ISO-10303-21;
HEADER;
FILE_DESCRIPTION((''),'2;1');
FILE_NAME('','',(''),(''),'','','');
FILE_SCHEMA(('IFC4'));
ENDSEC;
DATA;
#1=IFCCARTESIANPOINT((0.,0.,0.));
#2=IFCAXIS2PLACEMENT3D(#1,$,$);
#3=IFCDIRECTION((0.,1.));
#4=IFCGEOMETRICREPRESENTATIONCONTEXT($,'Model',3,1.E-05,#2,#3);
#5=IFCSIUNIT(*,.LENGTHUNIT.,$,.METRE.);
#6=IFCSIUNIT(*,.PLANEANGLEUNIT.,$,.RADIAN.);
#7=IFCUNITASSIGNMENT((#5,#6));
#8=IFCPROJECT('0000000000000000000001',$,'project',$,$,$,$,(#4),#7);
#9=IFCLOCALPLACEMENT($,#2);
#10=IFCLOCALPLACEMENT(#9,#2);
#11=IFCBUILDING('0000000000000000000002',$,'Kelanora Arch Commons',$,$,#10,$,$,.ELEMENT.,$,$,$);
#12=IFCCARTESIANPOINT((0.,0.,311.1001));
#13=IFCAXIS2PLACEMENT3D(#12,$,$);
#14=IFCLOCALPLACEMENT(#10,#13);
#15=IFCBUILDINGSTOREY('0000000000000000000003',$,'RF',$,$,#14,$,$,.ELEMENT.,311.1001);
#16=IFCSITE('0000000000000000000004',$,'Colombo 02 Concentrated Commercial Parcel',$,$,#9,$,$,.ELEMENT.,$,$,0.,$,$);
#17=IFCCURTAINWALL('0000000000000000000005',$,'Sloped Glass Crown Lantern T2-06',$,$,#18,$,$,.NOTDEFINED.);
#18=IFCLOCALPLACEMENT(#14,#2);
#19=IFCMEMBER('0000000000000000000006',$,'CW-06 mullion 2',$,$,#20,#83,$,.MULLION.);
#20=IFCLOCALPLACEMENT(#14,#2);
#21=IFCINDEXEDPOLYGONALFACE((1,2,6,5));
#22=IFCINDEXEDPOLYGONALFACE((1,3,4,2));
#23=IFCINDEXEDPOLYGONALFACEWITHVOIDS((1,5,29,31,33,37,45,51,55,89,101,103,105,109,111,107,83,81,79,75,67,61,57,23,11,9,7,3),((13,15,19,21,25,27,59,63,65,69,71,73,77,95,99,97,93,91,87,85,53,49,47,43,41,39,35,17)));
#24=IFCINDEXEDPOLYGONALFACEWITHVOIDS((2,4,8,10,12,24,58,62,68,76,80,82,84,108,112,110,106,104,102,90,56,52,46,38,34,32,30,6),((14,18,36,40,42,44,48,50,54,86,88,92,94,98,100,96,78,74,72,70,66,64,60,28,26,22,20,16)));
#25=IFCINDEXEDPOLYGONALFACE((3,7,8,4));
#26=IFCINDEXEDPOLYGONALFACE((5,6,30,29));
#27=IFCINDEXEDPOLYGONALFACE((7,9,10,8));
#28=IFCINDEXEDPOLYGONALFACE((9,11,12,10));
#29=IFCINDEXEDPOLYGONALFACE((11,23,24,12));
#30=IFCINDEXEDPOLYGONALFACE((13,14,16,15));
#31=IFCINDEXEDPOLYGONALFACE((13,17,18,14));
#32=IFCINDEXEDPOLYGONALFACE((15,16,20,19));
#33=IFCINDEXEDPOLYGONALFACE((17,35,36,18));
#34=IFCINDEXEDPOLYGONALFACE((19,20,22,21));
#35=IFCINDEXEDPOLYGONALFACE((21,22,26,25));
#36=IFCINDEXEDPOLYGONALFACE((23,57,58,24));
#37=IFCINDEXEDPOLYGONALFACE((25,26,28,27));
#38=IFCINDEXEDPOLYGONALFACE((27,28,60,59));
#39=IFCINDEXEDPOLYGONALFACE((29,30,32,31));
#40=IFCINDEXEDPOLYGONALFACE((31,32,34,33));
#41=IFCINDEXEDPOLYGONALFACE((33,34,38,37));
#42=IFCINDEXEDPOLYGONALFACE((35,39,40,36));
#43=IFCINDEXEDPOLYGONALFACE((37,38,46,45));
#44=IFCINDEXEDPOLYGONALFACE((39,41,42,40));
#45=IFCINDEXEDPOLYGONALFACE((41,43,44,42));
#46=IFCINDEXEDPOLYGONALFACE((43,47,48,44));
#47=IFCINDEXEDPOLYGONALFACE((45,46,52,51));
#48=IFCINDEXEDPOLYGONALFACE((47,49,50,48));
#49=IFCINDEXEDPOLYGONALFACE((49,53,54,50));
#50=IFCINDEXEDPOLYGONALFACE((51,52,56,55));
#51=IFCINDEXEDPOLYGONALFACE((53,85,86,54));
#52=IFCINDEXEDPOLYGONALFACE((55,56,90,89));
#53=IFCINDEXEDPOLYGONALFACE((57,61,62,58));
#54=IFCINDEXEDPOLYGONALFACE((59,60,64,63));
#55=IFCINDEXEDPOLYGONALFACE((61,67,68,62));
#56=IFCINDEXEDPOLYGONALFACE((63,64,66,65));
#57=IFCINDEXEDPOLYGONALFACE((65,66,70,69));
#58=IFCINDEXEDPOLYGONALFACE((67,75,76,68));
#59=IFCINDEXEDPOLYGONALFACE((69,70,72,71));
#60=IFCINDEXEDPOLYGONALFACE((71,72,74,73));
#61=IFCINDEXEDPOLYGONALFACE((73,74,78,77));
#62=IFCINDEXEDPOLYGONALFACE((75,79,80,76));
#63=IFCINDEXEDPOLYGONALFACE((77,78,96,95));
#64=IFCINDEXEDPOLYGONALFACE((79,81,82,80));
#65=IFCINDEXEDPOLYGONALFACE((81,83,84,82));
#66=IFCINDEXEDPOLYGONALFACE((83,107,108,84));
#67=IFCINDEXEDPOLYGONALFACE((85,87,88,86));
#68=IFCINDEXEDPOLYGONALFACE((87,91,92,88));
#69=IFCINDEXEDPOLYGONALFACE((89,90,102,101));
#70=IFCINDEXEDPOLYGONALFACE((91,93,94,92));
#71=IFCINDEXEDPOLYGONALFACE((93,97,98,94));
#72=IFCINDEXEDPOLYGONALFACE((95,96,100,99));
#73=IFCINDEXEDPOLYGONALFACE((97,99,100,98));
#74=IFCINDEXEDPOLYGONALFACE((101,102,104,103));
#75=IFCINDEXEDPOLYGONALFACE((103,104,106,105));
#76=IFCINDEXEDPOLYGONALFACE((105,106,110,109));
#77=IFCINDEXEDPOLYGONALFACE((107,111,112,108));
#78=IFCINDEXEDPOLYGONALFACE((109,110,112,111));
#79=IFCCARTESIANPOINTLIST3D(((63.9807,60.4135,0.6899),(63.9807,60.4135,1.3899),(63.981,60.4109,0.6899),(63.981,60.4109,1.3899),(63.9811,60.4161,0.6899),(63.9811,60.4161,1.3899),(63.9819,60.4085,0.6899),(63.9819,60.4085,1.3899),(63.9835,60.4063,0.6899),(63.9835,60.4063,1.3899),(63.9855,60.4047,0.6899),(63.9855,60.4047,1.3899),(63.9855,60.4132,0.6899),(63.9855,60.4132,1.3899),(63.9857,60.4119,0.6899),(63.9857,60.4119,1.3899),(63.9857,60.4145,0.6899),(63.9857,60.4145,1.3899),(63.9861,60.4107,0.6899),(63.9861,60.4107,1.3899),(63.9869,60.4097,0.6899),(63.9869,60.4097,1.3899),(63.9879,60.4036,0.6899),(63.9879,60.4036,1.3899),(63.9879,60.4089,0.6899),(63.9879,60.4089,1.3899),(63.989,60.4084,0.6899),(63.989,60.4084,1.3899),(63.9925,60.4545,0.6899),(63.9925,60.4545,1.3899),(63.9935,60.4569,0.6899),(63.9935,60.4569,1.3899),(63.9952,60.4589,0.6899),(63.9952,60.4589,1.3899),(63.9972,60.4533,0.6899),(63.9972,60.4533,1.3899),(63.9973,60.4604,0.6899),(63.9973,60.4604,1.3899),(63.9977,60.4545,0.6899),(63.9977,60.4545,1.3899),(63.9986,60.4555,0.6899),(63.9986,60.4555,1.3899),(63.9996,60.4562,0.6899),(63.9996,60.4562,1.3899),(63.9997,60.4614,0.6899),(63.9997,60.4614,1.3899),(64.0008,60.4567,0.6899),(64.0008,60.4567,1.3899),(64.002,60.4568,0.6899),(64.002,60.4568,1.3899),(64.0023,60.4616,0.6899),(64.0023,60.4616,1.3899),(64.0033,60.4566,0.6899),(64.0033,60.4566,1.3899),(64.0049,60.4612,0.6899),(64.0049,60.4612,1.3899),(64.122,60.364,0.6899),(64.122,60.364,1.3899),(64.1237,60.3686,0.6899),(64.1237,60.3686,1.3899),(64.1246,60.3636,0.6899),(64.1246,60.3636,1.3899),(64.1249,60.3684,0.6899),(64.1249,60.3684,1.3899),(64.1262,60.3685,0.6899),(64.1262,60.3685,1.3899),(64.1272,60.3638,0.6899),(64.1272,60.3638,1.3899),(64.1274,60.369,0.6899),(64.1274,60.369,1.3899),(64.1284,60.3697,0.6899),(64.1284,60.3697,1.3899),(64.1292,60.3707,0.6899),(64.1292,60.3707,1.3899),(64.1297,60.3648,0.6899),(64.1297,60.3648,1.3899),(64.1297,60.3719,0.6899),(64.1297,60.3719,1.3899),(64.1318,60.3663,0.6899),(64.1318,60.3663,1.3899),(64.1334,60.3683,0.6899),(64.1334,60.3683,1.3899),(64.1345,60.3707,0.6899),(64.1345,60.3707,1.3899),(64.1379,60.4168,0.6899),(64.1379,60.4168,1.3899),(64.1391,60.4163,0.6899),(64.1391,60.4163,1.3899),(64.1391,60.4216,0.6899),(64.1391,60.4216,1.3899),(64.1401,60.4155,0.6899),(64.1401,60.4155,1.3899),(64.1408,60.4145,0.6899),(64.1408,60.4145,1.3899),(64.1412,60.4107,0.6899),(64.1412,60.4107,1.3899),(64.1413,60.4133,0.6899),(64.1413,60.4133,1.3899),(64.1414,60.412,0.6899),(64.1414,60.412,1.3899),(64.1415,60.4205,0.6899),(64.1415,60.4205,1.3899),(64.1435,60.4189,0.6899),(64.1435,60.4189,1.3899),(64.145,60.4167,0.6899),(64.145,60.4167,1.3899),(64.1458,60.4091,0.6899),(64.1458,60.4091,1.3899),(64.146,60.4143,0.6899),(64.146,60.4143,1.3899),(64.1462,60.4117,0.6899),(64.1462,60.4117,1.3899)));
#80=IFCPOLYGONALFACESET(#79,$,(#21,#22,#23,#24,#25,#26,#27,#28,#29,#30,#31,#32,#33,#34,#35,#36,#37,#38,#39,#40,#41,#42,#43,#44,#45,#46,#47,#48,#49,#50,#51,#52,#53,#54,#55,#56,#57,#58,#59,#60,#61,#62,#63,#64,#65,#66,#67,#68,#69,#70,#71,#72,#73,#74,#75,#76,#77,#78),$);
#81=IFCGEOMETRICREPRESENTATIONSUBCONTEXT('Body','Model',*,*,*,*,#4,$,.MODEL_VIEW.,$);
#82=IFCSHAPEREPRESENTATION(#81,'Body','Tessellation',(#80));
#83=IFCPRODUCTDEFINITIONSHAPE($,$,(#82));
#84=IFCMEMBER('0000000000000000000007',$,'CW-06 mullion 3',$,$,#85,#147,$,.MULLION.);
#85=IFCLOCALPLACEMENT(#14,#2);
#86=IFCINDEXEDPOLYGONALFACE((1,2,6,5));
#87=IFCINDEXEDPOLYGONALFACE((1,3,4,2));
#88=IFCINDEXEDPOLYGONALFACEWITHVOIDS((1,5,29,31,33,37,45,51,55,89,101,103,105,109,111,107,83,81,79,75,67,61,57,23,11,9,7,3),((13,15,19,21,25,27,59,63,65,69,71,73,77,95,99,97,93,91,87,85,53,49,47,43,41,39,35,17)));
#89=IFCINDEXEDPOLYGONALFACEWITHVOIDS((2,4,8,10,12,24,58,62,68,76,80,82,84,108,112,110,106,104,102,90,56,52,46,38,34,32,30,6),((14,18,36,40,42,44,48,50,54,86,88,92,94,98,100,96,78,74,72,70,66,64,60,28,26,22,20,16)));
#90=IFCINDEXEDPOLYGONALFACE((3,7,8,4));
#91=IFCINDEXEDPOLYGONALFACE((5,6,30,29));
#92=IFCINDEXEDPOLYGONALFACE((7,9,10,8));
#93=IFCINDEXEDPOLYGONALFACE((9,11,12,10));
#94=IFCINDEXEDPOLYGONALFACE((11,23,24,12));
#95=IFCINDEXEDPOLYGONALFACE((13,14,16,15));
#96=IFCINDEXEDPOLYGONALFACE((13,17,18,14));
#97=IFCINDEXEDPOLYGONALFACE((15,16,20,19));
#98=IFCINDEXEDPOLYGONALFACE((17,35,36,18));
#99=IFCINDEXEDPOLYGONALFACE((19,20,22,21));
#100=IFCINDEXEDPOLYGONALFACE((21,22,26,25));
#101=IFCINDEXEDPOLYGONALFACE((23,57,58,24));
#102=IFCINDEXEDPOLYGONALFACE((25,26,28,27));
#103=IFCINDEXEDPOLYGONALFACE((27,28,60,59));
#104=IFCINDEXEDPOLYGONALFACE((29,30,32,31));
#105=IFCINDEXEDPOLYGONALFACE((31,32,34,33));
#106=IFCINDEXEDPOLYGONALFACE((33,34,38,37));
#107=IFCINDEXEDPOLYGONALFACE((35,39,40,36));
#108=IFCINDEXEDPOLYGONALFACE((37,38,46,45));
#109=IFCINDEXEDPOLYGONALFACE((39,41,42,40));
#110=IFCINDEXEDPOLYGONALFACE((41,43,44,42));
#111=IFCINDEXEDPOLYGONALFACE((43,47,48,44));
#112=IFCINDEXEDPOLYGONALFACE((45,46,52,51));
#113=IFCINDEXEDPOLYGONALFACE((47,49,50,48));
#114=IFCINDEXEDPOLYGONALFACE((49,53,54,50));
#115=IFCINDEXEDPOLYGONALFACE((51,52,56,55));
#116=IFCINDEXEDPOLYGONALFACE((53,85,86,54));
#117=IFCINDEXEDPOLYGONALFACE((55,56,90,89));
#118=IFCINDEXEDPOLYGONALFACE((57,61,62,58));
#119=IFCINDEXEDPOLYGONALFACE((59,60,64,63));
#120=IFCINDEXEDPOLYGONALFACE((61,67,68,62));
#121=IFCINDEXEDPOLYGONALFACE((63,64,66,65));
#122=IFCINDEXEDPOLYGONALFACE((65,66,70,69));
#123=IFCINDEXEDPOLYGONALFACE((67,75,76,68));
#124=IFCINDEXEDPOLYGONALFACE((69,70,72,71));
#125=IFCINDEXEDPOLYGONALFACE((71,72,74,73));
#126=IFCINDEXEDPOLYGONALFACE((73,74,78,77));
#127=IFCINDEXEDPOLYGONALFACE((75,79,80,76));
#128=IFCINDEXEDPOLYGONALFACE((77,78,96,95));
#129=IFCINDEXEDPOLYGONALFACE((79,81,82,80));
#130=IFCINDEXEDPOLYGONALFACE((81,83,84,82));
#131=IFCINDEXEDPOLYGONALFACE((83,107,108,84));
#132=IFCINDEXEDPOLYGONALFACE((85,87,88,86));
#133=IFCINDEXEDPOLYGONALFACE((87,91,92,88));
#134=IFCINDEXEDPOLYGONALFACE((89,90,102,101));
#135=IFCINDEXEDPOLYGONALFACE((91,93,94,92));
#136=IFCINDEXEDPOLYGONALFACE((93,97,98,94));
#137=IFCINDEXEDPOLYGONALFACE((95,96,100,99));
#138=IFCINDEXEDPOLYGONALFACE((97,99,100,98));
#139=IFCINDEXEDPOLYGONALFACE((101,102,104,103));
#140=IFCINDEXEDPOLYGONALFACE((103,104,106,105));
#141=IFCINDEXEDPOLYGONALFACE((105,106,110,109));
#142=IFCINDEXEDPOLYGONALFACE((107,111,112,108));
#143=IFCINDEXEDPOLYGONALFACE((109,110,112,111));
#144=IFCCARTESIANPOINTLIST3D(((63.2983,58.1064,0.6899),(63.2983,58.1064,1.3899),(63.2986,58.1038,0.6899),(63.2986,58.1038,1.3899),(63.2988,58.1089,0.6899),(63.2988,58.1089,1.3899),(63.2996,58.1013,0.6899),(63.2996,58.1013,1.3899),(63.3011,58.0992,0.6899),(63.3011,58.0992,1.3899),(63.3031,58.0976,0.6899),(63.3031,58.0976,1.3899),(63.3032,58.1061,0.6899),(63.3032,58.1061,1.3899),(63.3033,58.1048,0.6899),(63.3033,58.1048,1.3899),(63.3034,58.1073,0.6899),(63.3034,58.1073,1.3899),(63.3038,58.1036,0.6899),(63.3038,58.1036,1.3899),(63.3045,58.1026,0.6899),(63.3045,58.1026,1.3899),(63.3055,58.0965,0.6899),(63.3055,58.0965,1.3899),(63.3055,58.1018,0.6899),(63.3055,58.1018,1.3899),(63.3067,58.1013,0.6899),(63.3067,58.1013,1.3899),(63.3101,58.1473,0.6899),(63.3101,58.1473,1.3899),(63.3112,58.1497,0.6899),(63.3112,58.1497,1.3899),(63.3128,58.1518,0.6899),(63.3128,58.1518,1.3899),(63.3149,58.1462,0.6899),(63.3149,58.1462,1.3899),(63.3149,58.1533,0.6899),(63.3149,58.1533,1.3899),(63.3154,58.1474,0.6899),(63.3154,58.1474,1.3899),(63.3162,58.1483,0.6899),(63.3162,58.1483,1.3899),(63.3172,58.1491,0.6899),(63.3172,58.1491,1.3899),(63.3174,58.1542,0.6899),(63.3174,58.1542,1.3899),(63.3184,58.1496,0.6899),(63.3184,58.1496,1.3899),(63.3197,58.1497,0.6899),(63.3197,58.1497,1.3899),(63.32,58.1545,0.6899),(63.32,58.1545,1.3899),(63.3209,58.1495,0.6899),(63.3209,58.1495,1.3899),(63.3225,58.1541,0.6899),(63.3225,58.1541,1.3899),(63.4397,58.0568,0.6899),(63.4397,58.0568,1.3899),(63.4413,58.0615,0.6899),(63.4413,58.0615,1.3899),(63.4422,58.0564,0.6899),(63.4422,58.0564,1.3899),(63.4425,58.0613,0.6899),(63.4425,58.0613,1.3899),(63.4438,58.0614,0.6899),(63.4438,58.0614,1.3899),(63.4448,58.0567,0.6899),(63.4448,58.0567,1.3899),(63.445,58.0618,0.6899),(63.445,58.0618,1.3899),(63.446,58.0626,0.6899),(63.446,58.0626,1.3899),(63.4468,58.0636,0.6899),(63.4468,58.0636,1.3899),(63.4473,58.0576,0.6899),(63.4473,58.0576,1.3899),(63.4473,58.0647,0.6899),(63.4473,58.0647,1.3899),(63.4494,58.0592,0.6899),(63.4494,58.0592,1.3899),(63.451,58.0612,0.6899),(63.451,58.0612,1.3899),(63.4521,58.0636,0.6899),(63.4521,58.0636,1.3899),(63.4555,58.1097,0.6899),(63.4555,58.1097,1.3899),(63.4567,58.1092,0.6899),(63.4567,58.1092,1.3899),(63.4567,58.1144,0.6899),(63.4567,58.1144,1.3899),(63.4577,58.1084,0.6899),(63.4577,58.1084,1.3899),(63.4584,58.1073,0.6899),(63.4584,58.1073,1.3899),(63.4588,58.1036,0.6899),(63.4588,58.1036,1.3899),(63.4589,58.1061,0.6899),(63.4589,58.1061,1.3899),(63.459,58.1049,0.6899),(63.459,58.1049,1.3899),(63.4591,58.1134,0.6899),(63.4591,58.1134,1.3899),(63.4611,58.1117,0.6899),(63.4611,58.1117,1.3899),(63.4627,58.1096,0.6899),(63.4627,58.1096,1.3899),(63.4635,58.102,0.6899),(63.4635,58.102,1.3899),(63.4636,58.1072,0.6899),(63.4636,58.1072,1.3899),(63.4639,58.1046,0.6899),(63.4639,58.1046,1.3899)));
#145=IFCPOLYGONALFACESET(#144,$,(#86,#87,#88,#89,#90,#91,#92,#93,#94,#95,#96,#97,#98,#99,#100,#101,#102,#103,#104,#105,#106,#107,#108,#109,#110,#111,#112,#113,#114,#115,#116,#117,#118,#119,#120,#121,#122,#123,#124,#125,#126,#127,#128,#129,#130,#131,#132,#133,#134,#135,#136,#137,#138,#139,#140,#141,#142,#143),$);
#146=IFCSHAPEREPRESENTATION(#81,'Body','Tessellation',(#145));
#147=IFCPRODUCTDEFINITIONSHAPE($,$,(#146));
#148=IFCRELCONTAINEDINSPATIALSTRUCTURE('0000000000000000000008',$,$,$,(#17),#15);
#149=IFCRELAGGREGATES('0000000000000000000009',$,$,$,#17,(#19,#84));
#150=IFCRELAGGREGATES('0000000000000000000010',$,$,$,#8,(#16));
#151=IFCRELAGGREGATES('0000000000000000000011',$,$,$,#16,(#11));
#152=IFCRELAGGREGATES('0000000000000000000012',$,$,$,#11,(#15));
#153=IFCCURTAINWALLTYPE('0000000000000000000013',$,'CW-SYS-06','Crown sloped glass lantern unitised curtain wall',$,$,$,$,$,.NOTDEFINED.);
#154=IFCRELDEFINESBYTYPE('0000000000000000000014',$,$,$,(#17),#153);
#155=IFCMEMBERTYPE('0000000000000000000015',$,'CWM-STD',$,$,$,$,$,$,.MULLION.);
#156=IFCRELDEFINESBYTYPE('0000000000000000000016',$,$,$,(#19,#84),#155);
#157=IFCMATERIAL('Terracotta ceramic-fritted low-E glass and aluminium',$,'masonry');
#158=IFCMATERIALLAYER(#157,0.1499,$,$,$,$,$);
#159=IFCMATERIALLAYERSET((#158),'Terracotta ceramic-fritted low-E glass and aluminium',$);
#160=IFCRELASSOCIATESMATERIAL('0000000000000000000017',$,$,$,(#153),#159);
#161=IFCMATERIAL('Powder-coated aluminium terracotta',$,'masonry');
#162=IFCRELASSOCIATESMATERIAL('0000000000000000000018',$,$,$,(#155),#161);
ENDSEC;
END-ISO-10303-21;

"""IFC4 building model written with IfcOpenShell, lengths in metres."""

from ifc_helpers import new_model, si_unit, direction, frame, origin, origin_2d, place, context, subcontext, project, spatial, hollow_rectangle, extrude, material, layer, layer_set, material_profile, profile_set, type_object, element, aggregate, save


model = new_model("IFC4")

# Units and contexts
model_context = context("Model", 3, precision=1e-05, world=origin(), true_north=direction((0.0, 1.0)))
body_context = subcontext(model_context, "Body", "Model", "MODEL_VIEW")
ifc_project = project(units=[si_unit("LENGTHUNIT", "METRE"), si_unit("PLANEANGLEUNIT", "RADIAN")], contexts=[model_context])

# Site, building, storey
site_placement = place(None, origin())
site = spatial("IfcSite", under=ifc_project, at=site_placement, Name="Colombo 02 Concentrated Commercial Parcel", CompositionType="ELEMENT", RefElevation=0.0)
building_placement = place(site_placement, origin())
building = spatial("IfcBuilding", under=site, at=building_placement, Name="Kelanora Arch Commons", CompositionType="ELEMENT")
storey_placement = place(building_placement, frame((0.0, 0.0, 311.1001)))
storey = spatial("IfcBuildingStorey", under=building, at=storey_placement, Name="RF", CompositionType="ELEMENT", Elevation=311.1001)

# Curtain wall, members
ifc_material_1 = material(Name="Terracotta ceramic-fritted low-E glass and aluminium", Category="masonry")
ifc_layer_1 = layer(ifc_material_1, 0.1499)
ifc_layer_set_1 = layer_set([ifc_layer_1], Name="Terracotta ceramic-fritted low-E glass and aluminium")
curtain_wall_type = type_object("IfcCurtainWallType", Name="CW-SYS-06", Description="Crown sloped glass lantern unitised curtain wall", PredefinedType="NOTDEFINED", material=ifc_layer_set_1)
ifc_material_2 = material(Name="Powder-coated aluminium terracotta", Category="masonry")
ifc_material_profile_1 = material_profile(ifc_material_2, hollow_rectangle(XDim=0.1599, YDim=0.0601, WallThickness=0.0049, InnerFilletRadius=0.0049, OuterFilletRadius=0.01, at=origin_2d()), Name="CWM160x60")
ifc_profile_set_1 = profile_set([ifc_material_profile_1], Name="Powder-coated aluminium terracotta")
member_type_1 = type_object("IfcMemberType", Name="CWM-STD", PredefinedType="MULLION", material=ifc_profile_set_1)
curtain_wall_1_placement = place(storey_placement, origin())
curtain_wall_1 = element("IfcCurtainWall", 1, at=curtain_wall_1_placement, inside=storey, type_object=curtain_wall_type, Name="Sloped Glass Crown Lantern T2-06", PredefinedType="NOTDEFINED")
member_1_placement = place(storey_placement, frame((64.0635, 60.4126, 0.6899), z_axis=(0.0, 0.0, 1.0), x_axis=(0.958953, -0.283564, 0.0)))
member_1 = element("IfcMember", 2, at=member_1_placement, type_object=member_type_1, Name="CW-06 mullion 2", PredefinedType="MULLION", context=body_context, shape_type="SweptSolid", body=[
    extrude(hollow_rectangle(XDim=0.1599, YDim=0.0601, WallThickness=0.0049, InnerFilletRadius=0.0049, OuterFilletRadius=0.01, at=origin_2d()), origin(), (0.0, 0.0, 1.0), 0.7),
])
member_2_placement = place(storey_placement, frame((63.3811, 58.1055, 0.6899), z_axis=(0.0, 0.0, 1.0), x_axis=(0.958953, -0.283564, 0.0)))
member_2 = element("IfcMember", 3, at=member_2_placement, type_object=member_type_1, Name="CW-06 mullion 3", PredefinedType="MULLION", context=body_context, shape_type="SweptSolid", body=[
    extrude(hollow_rectangle(XDim=0.1599, YDim=0.0601, WallThickness=0.0049, InnerFilletRadius=0.0049, OuterFilletRadius=0.01, at=origin_2d()), origin(), (0.0, 0.0, 1.0), 0.7),
])

aggregate(curtain_wall_1, [member_1, member_2])

save(model, "model.ifc")
